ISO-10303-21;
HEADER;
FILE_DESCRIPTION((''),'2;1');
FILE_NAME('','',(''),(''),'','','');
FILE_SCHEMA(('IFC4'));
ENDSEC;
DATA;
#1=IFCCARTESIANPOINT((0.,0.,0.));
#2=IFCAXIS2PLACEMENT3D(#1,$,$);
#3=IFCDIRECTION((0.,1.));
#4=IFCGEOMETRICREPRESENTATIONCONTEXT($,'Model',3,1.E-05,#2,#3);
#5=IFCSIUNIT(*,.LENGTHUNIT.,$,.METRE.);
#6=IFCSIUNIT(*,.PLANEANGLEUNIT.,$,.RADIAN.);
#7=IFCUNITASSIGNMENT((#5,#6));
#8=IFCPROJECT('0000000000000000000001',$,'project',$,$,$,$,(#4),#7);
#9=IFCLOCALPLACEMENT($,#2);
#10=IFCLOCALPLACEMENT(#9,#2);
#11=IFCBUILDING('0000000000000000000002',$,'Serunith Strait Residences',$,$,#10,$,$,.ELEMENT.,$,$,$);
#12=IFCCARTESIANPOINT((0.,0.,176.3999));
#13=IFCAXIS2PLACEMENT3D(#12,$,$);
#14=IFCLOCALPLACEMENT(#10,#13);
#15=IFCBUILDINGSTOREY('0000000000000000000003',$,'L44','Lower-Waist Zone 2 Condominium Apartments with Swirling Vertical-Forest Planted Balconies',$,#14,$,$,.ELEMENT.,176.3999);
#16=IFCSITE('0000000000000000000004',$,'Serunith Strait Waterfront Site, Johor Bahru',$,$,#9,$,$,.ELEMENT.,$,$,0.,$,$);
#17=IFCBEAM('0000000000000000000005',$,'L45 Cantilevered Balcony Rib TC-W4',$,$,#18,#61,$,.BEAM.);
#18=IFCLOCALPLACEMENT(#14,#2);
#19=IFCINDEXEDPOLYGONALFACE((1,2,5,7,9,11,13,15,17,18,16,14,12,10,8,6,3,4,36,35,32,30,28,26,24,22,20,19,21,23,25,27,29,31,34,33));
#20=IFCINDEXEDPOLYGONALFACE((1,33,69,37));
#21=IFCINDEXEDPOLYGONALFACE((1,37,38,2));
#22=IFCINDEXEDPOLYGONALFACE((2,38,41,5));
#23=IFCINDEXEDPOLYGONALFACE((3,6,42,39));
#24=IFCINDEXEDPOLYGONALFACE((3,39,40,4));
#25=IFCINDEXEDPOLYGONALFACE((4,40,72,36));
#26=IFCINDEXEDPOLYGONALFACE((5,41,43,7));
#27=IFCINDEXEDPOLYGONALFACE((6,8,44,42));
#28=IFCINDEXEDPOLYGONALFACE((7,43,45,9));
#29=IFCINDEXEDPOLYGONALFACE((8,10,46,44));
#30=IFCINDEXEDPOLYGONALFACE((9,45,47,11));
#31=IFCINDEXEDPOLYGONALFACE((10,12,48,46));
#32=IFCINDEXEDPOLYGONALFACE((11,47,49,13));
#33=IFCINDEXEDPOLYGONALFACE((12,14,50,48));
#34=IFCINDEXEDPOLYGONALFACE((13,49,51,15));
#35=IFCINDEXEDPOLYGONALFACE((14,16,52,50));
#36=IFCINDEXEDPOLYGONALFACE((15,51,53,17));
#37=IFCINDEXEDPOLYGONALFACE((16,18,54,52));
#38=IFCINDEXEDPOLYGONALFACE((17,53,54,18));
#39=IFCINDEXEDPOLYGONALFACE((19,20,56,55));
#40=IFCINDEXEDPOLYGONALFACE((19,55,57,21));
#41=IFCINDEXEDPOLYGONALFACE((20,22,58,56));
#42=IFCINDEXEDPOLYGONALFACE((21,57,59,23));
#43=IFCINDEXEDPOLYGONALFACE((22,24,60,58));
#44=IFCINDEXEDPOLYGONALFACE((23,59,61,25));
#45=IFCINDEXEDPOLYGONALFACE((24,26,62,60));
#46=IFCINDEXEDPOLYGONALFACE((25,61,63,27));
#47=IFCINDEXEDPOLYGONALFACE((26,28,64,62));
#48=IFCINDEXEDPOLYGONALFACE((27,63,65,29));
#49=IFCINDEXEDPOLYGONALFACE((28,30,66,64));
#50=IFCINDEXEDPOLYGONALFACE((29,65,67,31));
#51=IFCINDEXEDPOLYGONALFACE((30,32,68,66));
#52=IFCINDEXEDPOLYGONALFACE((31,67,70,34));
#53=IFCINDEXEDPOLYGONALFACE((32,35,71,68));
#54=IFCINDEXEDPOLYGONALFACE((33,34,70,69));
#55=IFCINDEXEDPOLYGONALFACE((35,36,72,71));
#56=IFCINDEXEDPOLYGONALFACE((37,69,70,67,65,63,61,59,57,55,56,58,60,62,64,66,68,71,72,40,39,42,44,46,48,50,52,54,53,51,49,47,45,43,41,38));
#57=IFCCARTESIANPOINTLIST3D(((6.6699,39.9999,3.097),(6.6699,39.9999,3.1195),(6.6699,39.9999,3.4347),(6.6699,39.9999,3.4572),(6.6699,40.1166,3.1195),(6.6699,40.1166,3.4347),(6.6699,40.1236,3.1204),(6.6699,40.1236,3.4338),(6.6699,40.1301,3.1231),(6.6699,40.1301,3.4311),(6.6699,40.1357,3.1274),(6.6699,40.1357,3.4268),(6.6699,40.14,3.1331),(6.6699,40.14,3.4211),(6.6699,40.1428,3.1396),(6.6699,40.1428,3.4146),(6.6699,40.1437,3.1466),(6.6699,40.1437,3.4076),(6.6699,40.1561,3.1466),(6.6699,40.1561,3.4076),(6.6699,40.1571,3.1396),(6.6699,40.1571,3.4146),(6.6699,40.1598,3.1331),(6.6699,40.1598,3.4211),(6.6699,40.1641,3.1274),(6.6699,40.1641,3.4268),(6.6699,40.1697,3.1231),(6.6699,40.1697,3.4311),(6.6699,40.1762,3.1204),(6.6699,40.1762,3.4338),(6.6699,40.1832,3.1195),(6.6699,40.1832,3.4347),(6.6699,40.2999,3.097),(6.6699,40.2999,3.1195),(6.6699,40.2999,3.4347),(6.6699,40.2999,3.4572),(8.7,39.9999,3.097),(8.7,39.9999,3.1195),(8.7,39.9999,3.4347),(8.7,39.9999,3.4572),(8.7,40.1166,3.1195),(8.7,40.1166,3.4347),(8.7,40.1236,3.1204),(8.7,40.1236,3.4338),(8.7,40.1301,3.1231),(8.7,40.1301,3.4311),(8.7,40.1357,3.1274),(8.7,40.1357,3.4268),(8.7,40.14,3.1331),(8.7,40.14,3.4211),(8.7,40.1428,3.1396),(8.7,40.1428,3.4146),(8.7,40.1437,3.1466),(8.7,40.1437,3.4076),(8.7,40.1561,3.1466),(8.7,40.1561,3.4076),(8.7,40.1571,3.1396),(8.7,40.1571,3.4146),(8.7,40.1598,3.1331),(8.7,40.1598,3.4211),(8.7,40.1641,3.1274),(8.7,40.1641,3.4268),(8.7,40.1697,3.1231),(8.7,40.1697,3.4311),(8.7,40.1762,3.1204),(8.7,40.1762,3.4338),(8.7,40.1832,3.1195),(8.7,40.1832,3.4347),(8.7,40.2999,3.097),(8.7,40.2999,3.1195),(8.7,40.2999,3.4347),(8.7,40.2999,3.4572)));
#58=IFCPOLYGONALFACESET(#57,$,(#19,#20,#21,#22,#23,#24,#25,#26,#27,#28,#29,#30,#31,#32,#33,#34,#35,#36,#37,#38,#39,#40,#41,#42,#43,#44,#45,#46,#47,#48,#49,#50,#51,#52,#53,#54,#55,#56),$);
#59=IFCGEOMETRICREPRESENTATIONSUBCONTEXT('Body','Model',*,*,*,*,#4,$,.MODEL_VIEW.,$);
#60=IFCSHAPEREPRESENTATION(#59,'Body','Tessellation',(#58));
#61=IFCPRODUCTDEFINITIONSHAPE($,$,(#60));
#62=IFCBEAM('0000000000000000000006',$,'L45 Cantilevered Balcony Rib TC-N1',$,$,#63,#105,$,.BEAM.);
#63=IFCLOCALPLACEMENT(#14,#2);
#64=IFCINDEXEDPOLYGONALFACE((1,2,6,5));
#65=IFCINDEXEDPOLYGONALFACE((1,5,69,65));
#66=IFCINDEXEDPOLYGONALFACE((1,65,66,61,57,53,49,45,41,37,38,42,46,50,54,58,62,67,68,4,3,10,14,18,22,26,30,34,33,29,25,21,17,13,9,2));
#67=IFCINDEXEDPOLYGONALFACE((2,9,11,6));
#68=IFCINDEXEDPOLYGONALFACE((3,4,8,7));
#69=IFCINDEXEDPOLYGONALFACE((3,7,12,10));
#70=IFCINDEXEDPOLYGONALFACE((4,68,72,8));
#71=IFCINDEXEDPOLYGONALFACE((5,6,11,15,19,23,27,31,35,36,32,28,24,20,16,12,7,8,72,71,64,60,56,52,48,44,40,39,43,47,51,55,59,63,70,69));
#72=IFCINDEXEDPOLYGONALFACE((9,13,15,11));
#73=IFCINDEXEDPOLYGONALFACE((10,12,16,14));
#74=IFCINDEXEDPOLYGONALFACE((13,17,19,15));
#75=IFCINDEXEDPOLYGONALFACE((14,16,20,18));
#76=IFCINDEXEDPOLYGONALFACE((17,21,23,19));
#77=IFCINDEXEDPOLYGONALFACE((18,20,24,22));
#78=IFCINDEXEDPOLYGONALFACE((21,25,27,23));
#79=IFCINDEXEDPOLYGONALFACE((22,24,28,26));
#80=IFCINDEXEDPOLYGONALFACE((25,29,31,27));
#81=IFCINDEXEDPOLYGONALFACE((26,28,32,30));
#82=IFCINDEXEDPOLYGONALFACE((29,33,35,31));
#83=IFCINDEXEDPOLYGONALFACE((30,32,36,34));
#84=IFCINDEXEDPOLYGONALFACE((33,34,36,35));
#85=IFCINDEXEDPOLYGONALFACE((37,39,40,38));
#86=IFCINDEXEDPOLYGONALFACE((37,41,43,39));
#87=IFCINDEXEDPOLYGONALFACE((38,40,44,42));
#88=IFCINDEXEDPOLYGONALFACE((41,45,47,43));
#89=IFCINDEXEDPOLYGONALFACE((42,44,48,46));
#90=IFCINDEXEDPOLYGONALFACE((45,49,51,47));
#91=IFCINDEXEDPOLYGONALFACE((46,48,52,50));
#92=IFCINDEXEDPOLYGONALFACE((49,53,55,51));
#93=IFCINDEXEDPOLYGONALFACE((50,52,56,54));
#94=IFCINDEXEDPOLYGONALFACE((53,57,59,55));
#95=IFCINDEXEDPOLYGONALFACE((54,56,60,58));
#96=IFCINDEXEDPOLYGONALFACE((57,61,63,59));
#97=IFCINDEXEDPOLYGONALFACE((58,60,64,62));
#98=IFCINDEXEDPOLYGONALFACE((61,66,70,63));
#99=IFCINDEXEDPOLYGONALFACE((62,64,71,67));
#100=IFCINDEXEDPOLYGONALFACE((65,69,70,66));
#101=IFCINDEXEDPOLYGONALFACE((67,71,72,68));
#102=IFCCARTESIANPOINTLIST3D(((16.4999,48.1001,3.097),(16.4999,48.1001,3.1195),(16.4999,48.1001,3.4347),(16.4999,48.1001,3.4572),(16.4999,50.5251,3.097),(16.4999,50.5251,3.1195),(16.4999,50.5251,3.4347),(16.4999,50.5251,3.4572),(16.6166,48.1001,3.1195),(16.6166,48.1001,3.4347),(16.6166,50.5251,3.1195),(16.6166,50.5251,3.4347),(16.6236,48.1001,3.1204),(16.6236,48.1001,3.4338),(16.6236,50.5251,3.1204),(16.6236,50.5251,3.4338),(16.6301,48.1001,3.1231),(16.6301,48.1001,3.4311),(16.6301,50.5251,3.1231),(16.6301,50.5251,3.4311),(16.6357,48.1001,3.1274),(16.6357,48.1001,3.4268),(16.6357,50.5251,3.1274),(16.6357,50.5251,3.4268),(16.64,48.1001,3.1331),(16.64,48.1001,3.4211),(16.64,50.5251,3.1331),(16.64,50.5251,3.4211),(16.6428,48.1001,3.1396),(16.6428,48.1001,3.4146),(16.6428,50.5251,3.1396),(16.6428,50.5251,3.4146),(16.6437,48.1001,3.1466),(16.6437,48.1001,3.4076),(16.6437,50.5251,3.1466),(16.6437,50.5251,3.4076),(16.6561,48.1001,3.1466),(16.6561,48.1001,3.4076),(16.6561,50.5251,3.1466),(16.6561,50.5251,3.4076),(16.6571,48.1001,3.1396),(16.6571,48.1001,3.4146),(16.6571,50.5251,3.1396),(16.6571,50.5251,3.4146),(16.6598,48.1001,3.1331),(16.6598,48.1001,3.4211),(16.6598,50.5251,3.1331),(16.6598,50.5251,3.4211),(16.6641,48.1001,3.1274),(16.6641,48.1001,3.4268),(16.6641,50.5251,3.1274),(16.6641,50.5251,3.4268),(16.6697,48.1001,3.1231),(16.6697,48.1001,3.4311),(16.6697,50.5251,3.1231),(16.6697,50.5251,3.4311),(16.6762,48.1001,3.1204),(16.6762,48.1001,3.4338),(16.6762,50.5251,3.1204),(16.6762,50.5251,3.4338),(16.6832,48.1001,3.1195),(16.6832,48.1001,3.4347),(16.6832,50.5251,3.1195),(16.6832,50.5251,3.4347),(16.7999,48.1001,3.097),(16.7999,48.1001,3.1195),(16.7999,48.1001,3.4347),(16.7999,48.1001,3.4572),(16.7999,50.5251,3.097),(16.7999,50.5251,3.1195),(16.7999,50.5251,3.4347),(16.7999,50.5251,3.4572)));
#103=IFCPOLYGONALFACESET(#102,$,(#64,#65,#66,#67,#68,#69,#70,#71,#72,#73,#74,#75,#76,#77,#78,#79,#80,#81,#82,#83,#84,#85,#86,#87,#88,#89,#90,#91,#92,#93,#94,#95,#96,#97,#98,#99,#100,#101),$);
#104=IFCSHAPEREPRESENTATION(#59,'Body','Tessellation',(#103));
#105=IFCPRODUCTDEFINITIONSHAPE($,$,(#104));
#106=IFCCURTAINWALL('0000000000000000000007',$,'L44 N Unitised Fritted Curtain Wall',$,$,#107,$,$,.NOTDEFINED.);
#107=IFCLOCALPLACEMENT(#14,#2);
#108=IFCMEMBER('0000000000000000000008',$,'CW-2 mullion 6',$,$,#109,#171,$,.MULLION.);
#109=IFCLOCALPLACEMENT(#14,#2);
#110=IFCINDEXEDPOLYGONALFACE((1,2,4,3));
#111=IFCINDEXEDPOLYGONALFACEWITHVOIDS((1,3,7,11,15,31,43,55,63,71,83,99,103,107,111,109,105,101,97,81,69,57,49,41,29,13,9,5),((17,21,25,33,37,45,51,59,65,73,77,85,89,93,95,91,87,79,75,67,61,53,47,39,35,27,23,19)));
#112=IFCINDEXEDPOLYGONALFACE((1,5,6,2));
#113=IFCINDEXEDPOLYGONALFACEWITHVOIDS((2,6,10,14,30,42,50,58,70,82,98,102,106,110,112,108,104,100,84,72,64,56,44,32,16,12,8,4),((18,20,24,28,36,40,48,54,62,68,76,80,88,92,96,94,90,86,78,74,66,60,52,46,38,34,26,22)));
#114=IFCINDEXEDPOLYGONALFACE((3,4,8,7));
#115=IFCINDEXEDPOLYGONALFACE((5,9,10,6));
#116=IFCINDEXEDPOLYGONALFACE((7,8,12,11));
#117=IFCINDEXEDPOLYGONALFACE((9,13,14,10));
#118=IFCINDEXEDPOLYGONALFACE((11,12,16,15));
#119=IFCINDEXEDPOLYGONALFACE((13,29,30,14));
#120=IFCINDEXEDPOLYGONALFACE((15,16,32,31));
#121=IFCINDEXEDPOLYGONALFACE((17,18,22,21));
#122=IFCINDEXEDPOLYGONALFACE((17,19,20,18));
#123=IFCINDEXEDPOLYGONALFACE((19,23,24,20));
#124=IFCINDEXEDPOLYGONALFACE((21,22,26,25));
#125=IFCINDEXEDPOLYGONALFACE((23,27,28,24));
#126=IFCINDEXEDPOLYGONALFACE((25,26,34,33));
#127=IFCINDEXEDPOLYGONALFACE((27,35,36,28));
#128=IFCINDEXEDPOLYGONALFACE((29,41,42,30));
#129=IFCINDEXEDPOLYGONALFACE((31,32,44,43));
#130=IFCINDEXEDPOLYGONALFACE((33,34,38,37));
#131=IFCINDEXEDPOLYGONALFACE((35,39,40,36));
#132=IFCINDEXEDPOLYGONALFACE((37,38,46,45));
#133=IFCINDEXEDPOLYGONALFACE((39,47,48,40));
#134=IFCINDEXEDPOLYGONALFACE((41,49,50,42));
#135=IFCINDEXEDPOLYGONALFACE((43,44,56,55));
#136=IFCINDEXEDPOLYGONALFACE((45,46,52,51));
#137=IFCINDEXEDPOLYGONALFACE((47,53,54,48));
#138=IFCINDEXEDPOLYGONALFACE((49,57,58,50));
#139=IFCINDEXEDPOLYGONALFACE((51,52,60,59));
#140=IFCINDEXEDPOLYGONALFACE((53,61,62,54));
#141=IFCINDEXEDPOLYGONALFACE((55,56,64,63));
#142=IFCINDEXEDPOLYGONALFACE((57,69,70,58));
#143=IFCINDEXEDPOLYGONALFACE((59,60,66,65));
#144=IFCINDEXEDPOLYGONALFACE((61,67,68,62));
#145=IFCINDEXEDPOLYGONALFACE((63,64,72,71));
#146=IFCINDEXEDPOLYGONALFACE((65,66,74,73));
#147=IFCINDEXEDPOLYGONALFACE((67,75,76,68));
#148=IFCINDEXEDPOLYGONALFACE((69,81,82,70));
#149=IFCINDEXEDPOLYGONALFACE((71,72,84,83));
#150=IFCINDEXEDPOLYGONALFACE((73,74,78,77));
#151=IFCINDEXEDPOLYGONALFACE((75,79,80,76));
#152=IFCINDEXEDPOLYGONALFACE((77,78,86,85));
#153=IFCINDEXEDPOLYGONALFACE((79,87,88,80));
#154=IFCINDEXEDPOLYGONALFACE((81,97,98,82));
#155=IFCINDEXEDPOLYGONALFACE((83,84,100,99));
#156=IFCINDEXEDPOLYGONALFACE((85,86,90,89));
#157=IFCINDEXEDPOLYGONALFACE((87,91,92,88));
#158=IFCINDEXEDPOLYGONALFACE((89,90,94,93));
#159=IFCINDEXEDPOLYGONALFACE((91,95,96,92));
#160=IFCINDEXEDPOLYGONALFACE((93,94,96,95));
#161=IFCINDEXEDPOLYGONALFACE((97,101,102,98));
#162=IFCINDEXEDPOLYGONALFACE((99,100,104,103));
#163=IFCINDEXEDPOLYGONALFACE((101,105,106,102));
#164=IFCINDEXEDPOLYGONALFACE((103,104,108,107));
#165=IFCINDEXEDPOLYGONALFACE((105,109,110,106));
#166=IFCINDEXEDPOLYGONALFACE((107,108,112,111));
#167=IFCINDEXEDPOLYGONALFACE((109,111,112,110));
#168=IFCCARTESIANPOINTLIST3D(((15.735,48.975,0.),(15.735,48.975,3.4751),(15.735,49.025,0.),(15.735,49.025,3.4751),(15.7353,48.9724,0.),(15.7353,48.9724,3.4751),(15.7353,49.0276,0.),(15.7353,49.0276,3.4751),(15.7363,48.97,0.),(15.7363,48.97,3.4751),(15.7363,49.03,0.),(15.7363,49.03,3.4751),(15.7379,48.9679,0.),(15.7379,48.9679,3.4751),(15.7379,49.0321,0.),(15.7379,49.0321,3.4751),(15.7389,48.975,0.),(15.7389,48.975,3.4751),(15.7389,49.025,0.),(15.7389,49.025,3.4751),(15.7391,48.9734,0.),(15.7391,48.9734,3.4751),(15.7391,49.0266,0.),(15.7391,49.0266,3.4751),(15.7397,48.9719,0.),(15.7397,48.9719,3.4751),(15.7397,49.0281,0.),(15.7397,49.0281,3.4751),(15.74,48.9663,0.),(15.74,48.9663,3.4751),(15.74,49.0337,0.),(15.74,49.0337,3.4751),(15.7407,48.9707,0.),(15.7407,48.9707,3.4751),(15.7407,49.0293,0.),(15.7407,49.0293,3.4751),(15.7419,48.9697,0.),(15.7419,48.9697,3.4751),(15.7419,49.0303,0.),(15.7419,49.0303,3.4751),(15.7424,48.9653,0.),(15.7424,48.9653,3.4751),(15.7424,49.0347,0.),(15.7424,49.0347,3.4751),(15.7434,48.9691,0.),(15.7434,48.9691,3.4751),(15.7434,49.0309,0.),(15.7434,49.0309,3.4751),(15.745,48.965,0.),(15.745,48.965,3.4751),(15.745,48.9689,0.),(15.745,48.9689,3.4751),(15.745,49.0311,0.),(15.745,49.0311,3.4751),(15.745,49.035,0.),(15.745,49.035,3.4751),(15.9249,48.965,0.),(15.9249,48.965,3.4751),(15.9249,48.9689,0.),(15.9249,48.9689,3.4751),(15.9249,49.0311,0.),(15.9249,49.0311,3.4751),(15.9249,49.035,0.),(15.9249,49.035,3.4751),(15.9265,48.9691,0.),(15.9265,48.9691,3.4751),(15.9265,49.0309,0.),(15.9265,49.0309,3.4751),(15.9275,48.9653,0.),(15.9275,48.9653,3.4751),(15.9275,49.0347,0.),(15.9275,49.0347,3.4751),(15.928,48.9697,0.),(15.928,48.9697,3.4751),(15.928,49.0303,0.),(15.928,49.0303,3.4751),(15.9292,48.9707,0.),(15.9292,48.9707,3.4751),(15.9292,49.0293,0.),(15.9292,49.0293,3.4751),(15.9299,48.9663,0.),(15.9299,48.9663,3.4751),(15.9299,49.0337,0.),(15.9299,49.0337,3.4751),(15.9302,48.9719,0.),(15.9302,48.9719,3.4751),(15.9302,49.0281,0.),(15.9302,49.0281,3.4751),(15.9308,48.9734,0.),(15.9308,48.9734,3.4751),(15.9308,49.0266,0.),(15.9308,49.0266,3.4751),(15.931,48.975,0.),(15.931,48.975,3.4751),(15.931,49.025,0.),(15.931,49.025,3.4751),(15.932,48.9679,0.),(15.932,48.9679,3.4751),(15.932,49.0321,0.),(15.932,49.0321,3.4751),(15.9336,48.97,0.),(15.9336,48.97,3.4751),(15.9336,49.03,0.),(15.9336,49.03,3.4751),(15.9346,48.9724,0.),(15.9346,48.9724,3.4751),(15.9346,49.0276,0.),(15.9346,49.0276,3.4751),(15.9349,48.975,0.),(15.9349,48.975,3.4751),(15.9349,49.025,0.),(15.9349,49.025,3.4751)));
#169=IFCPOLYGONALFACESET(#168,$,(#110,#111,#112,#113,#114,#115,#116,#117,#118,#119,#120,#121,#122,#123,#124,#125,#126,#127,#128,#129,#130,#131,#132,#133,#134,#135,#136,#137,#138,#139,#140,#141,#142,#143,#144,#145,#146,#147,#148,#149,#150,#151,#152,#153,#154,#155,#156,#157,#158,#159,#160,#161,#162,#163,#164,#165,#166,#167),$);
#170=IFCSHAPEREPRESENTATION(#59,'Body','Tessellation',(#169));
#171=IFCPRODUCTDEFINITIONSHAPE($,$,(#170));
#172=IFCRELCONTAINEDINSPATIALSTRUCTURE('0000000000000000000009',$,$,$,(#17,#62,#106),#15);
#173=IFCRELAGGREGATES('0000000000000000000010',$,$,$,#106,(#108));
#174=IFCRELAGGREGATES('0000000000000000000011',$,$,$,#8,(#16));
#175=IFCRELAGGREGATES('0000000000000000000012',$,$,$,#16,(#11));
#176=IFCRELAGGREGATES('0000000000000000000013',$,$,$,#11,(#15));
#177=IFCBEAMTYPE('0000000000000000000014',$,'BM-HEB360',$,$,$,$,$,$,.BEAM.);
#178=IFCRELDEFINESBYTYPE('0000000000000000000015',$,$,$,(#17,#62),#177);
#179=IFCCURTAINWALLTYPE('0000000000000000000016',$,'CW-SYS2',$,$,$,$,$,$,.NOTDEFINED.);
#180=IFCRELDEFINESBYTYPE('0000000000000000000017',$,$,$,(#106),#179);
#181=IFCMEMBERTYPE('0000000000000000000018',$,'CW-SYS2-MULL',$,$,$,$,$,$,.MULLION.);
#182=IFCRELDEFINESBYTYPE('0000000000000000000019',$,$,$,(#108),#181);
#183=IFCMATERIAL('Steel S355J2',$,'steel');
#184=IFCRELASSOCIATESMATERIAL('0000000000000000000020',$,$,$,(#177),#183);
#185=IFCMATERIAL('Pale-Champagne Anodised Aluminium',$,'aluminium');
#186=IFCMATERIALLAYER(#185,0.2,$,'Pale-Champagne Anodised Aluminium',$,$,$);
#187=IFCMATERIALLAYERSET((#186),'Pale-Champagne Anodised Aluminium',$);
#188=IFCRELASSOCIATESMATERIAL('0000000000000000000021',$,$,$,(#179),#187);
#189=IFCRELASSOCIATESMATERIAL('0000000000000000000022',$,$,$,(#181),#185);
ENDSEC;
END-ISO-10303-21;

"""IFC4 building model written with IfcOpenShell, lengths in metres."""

from ifc_helpers import new_model, si_unit, direction, frame, origin, origin_2d, place, context, subcontext, project, spatial, hollow_rectangle, i_section, extrude, source, transform, mapped, material, layer, layer_set, material_profile, profile_set, type_object, element, aggregate, save


model = new_model("IFC4")

# Units and contexts
model_context = context("Model", 3, precision=1e-05, world=origin(), true_north=direction((0.0, 1.0)))
body_context = subcontext(model_context, "Body", "Model", "MODEL_VIEW")
ifc_project = project(units=[si_unit("LENGTHUNIT", "METRE"), si_unit("PLANEANGLEUNIT", "RADIAN")], contexts=[model_context])

# Site, building, storey
site_placement = place(None, origin())
site = spatial("IfcSite", under=ifc_project, at=site_placement, Name="Serunith Strait Waterfront Site, Johor Bahru", CompositionType="ELEMENT", RefElevation=0.0)
building_placement = place(site_placement, origin())
building = spatial("IfcBuilding", under=site, at=building_placement, Name="Serunith Strait Residences", CompositionType="ELEMENT")
storey_placement = place(building_placement, frame((0.0, 0.0, 176.3999)))
storey = spatial("IfcBuildingStorey", under=building, at=storey_placement, Name="L44", Description="Lower-Waist Zone 2 Condominium Apartments with Swirling Vertical-Forest Planted Balconies", CompositionType="ELEMENT", Elevation=176.3999)

# Beams
ifc_material_1 = material(Name="Steel S355J2", Category="steel")
ifc_material_profile_1 = material_profile(ifc_material_1, i_section(OverallWidth=0.3, OverallDepth=0.3601, WebThickness=0.0125, FlangeThickness=0.0225, FilletRadius=0.0271, at=origin_2d()), Name="HEB 360")
ifc_profile_set_1 = profile_set([ifc_material_profile_1], Name="Steel S355J2")
beam_type_1 = type_object("IfcBeamType", Name="BM-HEB360", PredefinedType="BEAM", material=ifc_profile_set_1)
shared_shape_1 = source(origin(), body_context, "Body", "SweptSolid", [
    extrude(i_section(OverallWidth=0.3, OverallDepth=0.3601, WebThickness=0.0125, FlangeThickness=0.0225, FilletRadius=0.0271, at=origin_2d()), origin(), (0.0, 0.0, 1.0), 2.03),
])
beam_1_placement = place(storey_placement, frame((8.7, 40.1499, 3.2771), z_axis=(-1.0, 0.0, 0.0), x_axis=(0.0, -1.0, 0.0)))
element("IfcBeam", 1, at=beam_1_placement, inside=storey, type_object=beam_type_1, Name="L45 Cantilevered Balcony Rib TC-W4", PredefinedType="BEAM", context=body_context, shape_type="MappedRepresentation", body=[
    mapped(shared_shape_1, transform((0.0, 0.0, 0.0), scale=1.0)),
])
shared_shape_2 = source(origin(), body_context, "Body", "SweptSolid", [
    extrude(i_section(OverallWidth=0.3, OverallDepth=0.3601, WebThickness=0.0125, FlangeThickness=0.0225, FilletRadius=0.0271, at=origin_2d()), origin(), (0.0, 0.0, 1.0), 2.425),
])
beam_2_placement = place(storey_placement, frame((16.6499, 48.1001, 3.2771), z_axis=(0.0, 1.0, 0.0), x_axis=(-1.0, 0.0, 0.0)))
element("IfcBeam", 2, at=beam_2_placement, inside=storey, type_object=beam_type_1, Name="L45 Cantilevered Balcony Rib TC-N1", PredefinedType="BEAM", context=body_context, shape_type="MappedRepresentation", body=[
    mapped(shared_shape_2, transform((0.0, 0.0, 0.0), scale=1.0)),
])

# Curtain wall, member
ifc_material_2 = material(Name="Pale-Champagne Anodised Aluminium", Category="aluminium")
ifc_layer_1 = layer(ifc_material_2, 0.2, Name="Pale-Champagne Anodised Aluminium")
ifc_layer_set_1 = layer_set([ifc_layer_1], Name="Pale-Champagne Anodised Aluminium")
curtain_wall_type = type_object("IfcCurtainWallType", Name="CW-SYS2", PredefinedType="NOTDEFINED", material=ifc_layer_set_1)
curtain_wall_1_placement = place(storey_placement, origin())
curtain_wall_1 = element("IfcCurtainWall", 3, at=curtain_wall_1_placement, inside=storey, type_object=curtain_wall_type, Name="L44 N Unitised Fritted Curtain Wall", PredefinedType="NOTDEFINED")
ifc_material_profile_2 = material_profile(ifc_material_2, hollow_rectangle(XDim=0.0701, YDim=0.2, WallThickness=0.0039, InnerFilletRadius=0.0061, OuterFilletRadius=0.01, at=origin_2d()), Name="ALU 200x70x4")
ifc_profile_set_2 = profile_set([ifc_material_profile_2], Name="Pale-Champagne Anodised Aluminium")
member_type_1 = type_object("IfcMemberType", Name="CW-SYS2-MULL", PredefinedType="MULLION", material=ifc_profile_set_2)
shared_shape_3 = source(origin(), body_context, "Body", "SweptSolid", [
    extrude(hollow_rectangle(XDim=0.0701, YDim=0.2, WallThickness=0.0039, InnerFilletRadius=0.0061, OuterFilletRadius=0.01, at=origin_2d()), origin(), (0.0, 0.0, 1.0), 3.4751),
])
member_1_placement = place(storey_placement, frame((15.835, 49.0, 0.0), z_axis=(0.0, 0.0, 1.0), x_axis=(0.0, -1.0, 0.0)))
member_1 = element("IfcMember", 4, at=member_1_placement, type_object=member_type_1, Name="CW-2 mullion 6", PredefinedType="MULLION", context=body_context, shape_type="MappedRepresentation", body=[
    mapped(shared_shape_3, transform((0.0, 0.0, 0.0), scale=1.0)),
])
aggregate(curtain_wall_1, [member_1])

save(model, "model.ifc")
